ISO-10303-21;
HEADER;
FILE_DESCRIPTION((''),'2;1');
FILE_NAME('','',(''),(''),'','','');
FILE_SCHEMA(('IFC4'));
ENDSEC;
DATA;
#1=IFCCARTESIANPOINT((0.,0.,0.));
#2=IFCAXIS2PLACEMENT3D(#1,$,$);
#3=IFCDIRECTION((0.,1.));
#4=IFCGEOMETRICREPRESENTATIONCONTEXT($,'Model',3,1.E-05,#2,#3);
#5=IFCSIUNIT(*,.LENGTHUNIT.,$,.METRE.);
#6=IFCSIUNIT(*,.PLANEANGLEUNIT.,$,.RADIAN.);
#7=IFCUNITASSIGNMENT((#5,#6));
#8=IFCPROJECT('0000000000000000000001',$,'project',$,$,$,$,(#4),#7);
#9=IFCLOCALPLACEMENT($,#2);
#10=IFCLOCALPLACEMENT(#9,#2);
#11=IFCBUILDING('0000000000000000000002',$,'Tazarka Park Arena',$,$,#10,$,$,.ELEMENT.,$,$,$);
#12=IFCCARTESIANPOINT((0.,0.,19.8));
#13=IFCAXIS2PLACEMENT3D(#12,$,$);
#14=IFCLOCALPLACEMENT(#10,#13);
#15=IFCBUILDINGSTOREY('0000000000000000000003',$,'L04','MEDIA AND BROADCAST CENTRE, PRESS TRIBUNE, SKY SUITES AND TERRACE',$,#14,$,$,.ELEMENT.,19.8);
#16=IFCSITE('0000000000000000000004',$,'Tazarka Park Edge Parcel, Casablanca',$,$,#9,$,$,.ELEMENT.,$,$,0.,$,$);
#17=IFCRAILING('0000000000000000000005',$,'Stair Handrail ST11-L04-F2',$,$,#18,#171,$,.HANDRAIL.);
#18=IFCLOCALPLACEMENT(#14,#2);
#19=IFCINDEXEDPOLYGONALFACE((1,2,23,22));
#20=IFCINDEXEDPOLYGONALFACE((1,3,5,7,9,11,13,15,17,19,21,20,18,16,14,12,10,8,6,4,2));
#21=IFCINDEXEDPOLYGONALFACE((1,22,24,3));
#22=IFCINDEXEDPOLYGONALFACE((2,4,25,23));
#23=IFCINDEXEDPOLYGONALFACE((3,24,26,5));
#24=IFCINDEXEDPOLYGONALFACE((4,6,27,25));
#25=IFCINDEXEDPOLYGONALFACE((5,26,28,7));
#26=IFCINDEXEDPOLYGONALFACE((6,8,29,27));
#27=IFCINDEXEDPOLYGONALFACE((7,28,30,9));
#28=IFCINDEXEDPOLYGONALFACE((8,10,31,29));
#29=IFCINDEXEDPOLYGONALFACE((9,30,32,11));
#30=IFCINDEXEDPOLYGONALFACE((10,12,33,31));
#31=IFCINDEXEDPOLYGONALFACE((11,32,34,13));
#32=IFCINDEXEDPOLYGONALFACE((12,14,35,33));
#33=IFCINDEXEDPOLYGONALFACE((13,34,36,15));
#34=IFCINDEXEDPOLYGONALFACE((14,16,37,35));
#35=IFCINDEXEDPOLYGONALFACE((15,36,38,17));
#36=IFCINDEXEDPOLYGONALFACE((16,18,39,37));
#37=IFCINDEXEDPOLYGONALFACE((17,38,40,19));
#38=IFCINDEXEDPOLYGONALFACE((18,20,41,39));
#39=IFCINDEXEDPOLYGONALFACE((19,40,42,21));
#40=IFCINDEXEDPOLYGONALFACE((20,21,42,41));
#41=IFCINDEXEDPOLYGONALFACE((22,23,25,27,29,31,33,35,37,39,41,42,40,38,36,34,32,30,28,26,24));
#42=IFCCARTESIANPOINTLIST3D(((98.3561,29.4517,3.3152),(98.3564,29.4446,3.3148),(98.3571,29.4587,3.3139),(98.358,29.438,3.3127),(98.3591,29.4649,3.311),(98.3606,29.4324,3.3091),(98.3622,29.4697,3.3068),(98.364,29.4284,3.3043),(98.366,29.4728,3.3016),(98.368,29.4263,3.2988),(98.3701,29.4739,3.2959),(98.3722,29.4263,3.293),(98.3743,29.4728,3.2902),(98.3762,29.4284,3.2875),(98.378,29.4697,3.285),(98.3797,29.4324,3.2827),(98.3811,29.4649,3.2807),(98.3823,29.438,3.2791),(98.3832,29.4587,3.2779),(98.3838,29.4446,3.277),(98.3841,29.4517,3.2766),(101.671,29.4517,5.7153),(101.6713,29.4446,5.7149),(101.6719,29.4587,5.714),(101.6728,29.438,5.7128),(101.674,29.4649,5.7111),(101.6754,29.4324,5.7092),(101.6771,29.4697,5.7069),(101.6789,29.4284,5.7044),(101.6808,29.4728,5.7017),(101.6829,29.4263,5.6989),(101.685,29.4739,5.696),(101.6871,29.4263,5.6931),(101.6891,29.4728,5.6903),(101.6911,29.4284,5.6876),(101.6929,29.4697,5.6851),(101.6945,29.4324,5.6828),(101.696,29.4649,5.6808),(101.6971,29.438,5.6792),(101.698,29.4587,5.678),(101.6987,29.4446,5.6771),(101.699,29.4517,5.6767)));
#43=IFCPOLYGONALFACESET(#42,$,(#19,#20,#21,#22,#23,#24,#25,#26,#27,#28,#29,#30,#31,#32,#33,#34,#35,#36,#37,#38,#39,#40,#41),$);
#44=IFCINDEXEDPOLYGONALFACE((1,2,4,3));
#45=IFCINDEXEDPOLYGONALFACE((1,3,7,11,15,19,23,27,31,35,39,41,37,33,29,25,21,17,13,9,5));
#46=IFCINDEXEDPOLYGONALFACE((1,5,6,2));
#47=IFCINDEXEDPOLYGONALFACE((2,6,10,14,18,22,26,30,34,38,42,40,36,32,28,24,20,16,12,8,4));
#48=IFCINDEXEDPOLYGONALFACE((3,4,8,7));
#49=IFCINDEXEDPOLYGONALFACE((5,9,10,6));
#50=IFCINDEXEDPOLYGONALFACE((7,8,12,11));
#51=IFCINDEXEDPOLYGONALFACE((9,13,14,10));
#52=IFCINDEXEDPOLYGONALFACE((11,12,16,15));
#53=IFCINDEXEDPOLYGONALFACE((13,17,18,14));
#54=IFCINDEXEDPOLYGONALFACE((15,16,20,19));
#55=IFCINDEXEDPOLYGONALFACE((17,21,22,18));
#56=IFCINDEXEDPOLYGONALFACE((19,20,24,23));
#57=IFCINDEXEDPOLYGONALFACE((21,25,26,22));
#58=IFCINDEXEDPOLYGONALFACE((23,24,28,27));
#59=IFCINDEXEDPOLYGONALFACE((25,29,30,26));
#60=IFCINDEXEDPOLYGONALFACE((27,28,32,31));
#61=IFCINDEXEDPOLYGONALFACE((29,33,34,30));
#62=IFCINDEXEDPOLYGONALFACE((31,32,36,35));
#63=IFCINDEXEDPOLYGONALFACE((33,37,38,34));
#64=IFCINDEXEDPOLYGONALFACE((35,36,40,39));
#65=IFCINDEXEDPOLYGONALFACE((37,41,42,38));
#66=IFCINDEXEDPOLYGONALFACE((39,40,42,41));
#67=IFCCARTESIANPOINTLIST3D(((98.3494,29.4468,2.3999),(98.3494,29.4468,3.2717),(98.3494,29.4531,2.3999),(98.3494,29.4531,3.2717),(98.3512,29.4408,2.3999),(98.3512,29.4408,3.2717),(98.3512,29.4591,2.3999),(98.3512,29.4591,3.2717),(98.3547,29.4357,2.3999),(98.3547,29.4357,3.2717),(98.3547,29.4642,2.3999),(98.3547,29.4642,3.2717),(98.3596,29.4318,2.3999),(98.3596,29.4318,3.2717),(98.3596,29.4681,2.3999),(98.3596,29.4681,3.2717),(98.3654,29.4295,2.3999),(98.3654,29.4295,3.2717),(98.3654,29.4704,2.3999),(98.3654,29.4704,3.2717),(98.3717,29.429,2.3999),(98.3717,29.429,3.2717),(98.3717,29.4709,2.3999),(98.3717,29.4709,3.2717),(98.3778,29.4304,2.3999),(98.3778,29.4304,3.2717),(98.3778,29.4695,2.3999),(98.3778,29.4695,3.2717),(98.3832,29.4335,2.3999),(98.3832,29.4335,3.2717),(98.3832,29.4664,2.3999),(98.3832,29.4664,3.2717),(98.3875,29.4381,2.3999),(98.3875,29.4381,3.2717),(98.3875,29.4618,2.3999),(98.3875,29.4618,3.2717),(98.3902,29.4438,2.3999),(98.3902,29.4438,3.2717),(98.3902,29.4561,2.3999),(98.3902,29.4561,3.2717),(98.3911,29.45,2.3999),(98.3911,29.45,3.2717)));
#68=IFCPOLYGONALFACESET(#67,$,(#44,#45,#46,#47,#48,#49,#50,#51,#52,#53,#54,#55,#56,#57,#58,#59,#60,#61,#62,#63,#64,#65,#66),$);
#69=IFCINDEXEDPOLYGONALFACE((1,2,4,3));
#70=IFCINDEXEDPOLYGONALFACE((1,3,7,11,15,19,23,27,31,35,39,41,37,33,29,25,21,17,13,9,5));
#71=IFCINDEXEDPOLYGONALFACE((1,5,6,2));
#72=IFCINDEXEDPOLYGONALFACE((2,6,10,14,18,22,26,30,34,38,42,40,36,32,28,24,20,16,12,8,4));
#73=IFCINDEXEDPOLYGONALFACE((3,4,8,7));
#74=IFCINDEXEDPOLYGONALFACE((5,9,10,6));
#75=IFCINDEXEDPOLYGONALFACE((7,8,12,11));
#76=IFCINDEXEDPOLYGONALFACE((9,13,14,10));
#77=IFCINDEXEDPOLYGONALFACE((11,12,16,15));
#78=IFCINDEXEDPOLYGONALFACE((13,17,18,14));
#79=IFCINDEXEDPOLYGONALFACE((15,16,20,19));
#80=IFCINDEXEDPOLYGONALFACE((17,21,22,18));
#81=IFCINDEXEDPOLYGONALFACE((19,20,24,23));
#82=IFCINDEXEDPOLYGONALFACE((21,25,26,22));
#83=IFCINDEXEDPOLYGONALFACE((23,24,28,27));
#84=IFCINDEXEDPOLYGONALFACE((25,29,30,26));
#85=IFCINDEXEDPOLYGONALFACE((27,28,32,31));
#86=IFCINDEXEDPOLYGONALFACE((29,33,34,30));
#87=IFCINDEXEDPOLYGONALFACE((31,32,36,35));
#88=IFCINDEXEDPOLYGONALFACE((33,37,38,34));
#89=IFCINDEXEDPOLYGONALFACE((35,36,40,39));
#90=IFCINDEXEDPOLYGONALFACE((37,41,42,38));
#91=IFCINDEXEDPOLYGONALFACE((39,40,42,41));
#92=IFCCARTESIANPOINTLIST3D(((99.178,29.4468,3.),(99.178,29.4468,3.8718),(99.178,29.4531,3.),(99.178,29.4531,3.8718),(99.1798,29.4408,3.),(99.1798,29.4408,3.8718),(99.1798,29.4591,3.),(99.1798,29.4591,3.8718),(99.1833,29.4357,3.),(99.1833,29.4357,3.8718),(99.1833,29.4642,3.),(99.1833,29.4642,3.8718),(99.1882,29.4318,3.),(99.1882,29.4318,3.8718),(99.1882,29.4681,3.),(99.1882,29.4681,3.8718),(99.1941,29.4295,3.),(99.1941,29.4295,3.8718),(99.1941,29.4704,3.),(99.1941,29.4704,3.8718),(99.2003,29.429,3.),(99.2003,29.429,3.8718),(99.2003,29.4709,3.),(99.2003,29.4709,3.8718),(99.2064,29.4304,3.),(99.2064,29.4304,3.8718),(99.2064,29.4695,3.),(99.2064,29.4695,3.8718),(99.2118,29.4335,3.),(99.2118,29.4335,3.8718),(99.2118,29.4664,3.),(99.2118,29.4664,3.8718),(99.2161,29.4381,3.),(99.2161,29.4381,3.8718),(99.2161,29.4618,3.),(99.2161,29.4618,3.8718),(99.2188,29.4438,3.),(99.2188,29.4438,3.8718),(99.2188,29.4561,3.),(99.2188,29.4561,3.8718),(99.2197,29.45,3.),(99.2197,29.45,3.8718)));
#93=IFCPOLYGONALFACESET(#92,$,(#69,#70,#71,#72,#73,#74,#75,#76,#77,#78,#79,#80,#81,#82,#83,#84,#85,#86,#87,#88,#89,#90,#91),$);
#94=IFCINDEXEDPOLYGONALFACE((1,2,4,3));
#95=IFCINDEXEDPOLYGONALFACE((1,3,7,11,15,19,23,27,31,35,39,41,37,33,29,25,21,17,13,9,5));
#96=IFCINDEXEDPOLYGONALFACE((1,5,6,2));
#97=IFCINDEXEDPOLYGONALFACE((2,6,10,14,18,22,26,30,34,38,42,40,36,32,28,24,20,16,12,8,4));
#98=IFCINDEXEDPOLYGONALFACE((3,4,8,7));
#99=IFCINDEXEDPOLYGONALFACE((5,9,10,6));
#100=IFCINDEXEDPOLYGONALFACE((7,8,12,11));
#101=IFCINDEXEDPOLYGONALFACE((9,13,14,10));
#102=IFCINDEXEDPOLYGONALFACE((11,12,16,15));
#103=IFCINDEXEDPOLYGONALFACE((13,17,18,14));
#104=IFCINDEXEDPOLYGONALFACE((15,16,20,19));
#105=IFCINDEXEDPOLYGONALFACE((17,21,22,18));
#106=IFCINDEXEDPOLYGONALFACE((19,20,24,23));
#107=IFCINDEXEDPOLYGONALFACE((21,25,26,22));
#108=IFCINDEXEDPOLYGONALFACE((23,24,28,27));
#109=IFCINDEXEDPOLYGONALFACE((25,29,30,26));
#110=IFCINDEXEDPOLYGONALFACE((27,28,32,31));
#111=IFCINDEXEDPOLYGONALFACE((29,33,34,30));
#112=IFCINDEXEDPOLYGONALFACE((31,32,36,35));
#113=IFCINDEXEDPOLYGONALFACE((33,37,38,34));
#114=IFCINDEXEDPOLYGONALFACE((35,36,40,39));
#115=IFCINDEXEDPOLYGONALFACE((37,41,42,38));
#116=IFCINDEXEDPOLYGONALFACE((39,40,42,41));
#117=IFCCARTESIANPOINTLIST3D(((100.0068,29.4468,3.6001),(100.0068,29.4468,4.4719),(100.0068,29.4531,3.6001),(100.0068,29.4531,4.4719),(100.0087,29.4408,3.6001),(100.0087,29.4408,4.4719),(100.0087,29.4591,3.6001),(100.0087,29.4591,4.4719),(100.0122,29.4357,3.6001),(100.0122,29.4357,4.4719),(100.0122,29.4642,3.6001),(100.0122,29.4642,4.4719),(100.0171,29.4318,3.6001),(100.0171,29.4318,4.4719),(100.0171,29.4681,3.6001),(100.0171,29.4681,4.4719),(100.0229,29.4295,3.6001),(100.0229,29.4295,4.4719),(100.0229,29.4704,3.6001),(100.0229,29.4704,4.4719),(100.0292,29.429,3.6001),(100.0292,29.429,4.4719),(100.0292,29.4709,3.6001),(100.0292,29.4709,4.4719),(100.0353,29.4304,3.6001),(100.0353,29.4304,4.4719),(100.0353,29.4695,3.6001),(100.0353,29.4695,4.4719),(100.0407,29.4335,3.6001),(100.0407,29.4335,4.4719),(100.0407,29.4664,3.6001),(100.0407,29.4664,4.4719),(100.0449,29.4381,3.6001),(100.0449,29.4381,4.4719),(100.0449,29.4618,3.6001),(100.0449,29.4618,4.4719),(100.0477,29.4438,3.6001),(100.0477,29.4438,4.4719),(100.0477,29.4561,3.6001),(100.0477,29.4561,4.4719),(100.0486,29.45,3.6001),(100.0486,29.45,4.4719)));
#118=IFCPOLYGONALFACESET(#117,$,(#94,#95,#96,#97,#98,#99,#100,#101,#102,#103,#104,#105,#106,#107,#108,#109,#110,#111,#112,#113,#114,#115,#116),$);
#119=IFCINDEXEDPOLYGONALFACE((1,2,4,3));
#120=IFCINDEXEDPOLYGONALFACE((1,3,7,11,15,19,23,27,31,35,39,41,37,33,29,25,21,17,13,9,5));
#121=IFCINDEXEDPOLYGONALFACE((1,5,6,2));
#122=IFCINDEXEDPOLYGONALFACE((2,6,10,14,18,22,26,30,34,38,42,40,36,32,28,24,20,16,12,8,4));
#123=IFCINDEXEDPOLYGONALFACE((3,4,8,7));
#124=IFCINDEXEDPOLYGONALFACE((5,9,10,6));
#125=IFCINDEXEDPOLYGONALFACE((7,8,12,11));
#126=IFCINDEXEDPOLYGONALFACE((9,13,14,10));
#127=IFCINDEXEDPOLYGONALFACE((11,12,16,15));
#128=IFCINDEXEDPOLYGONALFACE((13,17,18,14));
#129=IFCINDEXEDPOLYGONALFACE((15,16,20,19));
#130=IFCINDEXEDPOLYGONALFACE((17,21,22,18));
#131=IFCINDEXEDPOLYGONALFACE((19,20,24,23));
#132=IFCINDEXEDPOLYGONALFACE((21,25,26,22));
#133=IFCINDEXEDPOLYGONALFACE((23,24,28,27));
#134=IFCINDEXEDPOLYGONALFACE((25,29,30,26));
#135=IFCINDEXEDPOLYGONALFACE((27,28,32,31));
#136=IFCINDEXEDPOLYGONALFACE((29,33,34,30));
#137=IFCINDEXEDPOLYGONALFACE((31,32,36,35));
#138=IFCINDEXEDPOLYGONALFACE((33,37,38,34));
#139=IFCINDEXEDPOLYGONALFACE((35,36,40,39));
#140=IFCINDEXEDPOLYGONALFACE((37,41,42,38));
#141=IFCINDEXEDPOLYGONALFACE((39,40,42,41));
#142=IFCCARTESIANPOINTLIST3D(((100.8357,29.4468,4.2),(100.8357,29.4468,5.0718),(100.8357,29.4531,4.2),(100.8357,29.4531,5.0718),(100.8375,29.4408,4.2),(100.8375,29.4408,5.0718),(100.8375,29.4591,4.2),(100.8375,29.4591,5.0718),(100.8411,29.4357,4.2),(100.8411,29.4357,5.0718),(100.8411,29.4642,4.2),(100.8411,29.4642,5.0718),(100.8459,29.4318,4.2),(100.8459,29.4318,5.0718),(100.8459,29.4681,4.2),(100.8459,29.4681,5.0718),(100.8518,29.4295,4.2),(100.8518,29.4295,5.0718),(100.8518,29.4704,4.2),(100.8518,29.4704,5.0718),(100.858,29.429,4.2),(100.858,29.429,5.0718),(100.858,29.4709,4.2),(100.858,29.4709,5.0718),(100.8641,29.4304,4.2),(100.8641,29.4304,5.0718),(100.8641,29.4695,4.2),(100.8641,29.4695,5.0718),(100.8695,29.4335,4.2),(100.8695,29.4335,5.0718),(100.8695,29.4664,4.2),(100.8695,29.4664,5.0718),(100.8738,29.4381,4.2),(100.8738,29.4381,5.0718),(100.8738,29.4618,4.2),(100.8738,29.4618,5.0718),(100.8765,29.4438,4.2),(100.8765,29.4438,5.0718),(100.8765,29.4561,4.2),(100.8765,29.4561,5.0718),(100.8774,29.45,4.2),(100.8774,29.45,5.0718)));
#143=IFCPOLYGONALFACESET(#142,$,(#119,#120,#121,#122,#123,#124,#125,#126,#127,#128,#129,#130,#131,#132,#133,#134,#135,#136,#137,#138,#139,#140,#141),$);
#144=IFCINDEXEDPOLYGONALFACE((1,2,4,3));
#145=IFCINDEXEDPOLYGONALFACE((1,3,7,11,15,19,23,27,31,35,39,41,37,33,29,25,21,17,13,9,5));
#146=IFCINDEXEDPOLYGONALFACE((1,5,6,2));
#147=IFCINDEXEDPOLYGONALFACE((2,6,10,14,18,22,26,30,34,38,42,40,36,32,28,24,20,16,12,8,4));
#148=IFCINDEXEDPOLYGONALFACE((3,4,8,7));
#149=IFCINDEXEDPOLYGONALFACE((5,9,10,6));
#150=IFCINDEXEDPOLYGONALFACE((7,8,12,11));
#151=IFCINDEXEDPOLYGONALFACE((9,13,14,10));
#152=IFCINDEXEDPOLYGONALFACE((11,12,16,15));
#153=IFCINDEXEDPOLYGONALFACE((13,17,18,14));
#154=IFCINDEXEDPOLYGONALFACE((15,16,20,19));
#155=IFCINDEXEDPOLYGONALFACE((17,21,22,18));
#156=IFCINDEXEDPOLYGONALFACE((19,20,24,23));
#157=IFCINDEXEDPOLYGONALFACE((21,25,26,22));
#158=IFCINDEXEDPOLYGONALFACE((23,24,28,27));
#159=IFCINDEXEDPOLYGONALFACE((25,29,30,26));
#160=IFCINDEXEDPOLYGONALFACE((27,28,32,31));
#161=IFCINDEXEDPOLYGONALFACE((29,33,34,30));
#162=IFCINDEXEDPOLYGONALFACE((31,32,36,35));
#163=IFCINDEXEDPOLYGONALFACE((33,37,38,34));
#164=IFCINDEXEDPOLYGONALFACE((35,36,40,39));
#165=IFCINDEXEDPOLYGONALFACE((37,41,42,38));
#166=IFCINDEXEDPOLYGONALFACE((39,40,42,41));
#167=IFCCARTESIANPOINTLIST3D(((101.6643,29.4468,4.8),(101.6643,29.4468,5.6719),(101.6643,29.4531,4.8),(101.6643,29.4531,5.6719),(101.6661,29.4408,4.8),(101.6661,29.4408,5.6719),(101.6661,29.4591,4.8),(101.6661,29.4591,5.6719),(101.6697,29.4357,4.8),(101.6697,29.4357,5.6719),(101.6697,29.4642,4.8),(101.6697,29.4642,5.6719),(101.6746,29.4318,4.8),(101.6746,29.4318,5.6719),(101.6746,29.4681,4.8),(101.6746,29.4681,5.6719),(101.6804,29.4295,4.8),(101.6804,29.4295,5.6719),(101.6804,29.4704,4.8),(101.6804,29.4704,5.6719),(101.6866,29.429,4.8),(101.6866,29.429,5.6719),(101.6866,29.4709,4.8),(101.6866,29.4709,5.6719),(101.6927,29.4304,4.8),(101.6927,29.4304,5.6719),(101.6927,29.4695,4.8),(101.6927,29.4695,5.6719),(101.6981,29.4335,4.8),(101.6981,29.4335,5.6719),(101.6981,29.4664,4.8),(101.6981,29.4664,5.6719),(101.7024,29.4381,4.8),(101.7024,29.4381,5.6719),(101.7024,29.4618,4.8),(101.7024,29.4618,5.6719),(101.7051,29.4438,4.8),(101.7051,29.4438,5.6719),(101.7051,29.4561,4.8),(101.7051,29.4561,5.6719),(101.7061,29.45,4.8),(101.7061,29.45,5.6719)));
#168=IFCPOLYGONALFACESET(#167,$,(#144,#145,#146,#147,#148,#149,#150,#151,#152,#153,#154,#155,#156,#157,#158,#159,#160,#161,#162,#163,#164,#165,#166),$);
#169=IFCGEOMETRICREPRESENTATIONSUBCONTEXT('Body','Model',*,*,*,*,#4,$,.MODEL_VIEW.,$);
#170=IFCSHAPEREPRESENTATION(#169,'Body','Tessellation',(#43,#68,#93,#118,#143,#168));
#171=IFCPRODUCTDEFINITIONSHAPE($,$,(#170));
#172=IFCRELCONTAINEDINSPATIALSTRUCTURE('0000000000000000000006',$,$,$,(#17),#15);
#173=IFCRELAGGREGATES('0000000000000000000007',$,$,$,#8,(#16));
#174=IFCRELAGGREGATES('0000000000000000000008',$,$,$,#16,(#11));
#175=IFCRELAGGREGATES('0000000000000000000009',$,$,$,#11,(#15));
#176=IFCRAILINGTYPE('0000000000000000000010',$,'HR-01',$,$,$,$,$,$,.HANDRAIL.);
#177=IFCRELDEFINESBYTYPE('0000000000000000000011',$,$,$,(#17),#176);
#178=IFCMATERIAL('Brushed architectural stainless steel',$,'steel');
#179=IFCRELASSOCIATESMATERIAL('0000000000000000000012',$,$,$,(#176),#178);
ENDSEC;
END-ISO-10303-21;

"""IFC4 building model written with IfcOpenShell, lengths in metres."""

from ifc_helpers import new_model, si_unit, direction, frame, origin, origin_2d, place, context, subcontext, project, spatial, circle, extrude, material, type_object, element, save


model = new_model("IFC4")

# Units and contexts
model_context = context("Model", 3, precision=1e-05, world=origin(), true_north=direction((0.0, 1.0)))
body_context = subcontext(model_context, "Body", "Model", "MODEL_VIEW")
ifc_project = project(units=[si_unit("LENGTHUNIT", "METRE"), si_unit("PLANEANGLEUNIT", "RADIAN")], contexts=[model_context])

# Site, building, storey
site_placement = place(None, origin())
site = spatial("IfcSite", under=ifc_project, at=site_placement, Name="Tazarka Park Edge Parcel, Casablanca", CompositionType="ELEMENT", RefElevation=0.0)
building_placement = place(site_placement, origin())
building = spatial("IfcBuilding", under=site, at=building_placement, Name="Tazarka Park Arena", CompositionType="ELEMENT")
storey_placement = place(building_placement, frame((0.0, 0.0, 19.8)))
storey = spatial("IfcBuildingStorey", under=building, at=storey_placement, Name="L04", Description="MEDIA AND BROADCAST CENTRE, PRESS TRIBUNE, SKY SUITES AND TERRACE", CompositionType="ELEMENT", Elevation=19.8)

# Railing
ifc_material_1 = material(Name="Brushed architectural stainless steel", Category="steel")
railing_type_1 = type_object("IfcRailingType", Name="HR-01", PredefinedType="HANDRAIL", material=ifc_material_1)
railing_1_placement = place(storey_placement, frame((98.3701, 29.45, 2.3999)))
element("IfcRailing", 1, at=railing_1_placement, inside=storey, type_object=railing_type_1, Name="Stair Handrail ST11-L04-F2", PredefinedType="HANDRAIL", context=body_context, shape_type="SweptSolid", body=[
    extrude(circle(Radius=0.0239, at=origin_2d()), frame((0.0, 0.0, 0.896), z_axis=(0.80998, 0.0, 0.586457), x_axis=(0.0, 1.0, 0.0)), (0.0, 0.0, 1.0), 4.0925),
    extrude(circle(Radius=0.021, at=origin_2d()), origin(), (0.0, 0.0, 1.0), 0.8718),
    extrude(circle(Radius=0.021, at=origin_2d()), frame((0.8286, 0.0, 0.6001)), (0.0, 0.0, 1.0), 0.8718),
    extrude(circle(Radius=0.021, at=origin_2d()), frame((1.6575, 0.0, 1.2002)), (0.0, 0.0, 1.0), 0.8718),
    extrude(circle(Radius=0.021, at=origin_2d()), frame((2.4863, 0.0, 1.8)), (0.0, 0.0, 1.0), 0.8718),
    extrude(circle(Radius=0.021, at=origin_2d()), frame((3.3149, 0.0, 2.4001)), (0.0, 0.0, 1.0), 0.8718),
])

save(model, "model.ifc")
